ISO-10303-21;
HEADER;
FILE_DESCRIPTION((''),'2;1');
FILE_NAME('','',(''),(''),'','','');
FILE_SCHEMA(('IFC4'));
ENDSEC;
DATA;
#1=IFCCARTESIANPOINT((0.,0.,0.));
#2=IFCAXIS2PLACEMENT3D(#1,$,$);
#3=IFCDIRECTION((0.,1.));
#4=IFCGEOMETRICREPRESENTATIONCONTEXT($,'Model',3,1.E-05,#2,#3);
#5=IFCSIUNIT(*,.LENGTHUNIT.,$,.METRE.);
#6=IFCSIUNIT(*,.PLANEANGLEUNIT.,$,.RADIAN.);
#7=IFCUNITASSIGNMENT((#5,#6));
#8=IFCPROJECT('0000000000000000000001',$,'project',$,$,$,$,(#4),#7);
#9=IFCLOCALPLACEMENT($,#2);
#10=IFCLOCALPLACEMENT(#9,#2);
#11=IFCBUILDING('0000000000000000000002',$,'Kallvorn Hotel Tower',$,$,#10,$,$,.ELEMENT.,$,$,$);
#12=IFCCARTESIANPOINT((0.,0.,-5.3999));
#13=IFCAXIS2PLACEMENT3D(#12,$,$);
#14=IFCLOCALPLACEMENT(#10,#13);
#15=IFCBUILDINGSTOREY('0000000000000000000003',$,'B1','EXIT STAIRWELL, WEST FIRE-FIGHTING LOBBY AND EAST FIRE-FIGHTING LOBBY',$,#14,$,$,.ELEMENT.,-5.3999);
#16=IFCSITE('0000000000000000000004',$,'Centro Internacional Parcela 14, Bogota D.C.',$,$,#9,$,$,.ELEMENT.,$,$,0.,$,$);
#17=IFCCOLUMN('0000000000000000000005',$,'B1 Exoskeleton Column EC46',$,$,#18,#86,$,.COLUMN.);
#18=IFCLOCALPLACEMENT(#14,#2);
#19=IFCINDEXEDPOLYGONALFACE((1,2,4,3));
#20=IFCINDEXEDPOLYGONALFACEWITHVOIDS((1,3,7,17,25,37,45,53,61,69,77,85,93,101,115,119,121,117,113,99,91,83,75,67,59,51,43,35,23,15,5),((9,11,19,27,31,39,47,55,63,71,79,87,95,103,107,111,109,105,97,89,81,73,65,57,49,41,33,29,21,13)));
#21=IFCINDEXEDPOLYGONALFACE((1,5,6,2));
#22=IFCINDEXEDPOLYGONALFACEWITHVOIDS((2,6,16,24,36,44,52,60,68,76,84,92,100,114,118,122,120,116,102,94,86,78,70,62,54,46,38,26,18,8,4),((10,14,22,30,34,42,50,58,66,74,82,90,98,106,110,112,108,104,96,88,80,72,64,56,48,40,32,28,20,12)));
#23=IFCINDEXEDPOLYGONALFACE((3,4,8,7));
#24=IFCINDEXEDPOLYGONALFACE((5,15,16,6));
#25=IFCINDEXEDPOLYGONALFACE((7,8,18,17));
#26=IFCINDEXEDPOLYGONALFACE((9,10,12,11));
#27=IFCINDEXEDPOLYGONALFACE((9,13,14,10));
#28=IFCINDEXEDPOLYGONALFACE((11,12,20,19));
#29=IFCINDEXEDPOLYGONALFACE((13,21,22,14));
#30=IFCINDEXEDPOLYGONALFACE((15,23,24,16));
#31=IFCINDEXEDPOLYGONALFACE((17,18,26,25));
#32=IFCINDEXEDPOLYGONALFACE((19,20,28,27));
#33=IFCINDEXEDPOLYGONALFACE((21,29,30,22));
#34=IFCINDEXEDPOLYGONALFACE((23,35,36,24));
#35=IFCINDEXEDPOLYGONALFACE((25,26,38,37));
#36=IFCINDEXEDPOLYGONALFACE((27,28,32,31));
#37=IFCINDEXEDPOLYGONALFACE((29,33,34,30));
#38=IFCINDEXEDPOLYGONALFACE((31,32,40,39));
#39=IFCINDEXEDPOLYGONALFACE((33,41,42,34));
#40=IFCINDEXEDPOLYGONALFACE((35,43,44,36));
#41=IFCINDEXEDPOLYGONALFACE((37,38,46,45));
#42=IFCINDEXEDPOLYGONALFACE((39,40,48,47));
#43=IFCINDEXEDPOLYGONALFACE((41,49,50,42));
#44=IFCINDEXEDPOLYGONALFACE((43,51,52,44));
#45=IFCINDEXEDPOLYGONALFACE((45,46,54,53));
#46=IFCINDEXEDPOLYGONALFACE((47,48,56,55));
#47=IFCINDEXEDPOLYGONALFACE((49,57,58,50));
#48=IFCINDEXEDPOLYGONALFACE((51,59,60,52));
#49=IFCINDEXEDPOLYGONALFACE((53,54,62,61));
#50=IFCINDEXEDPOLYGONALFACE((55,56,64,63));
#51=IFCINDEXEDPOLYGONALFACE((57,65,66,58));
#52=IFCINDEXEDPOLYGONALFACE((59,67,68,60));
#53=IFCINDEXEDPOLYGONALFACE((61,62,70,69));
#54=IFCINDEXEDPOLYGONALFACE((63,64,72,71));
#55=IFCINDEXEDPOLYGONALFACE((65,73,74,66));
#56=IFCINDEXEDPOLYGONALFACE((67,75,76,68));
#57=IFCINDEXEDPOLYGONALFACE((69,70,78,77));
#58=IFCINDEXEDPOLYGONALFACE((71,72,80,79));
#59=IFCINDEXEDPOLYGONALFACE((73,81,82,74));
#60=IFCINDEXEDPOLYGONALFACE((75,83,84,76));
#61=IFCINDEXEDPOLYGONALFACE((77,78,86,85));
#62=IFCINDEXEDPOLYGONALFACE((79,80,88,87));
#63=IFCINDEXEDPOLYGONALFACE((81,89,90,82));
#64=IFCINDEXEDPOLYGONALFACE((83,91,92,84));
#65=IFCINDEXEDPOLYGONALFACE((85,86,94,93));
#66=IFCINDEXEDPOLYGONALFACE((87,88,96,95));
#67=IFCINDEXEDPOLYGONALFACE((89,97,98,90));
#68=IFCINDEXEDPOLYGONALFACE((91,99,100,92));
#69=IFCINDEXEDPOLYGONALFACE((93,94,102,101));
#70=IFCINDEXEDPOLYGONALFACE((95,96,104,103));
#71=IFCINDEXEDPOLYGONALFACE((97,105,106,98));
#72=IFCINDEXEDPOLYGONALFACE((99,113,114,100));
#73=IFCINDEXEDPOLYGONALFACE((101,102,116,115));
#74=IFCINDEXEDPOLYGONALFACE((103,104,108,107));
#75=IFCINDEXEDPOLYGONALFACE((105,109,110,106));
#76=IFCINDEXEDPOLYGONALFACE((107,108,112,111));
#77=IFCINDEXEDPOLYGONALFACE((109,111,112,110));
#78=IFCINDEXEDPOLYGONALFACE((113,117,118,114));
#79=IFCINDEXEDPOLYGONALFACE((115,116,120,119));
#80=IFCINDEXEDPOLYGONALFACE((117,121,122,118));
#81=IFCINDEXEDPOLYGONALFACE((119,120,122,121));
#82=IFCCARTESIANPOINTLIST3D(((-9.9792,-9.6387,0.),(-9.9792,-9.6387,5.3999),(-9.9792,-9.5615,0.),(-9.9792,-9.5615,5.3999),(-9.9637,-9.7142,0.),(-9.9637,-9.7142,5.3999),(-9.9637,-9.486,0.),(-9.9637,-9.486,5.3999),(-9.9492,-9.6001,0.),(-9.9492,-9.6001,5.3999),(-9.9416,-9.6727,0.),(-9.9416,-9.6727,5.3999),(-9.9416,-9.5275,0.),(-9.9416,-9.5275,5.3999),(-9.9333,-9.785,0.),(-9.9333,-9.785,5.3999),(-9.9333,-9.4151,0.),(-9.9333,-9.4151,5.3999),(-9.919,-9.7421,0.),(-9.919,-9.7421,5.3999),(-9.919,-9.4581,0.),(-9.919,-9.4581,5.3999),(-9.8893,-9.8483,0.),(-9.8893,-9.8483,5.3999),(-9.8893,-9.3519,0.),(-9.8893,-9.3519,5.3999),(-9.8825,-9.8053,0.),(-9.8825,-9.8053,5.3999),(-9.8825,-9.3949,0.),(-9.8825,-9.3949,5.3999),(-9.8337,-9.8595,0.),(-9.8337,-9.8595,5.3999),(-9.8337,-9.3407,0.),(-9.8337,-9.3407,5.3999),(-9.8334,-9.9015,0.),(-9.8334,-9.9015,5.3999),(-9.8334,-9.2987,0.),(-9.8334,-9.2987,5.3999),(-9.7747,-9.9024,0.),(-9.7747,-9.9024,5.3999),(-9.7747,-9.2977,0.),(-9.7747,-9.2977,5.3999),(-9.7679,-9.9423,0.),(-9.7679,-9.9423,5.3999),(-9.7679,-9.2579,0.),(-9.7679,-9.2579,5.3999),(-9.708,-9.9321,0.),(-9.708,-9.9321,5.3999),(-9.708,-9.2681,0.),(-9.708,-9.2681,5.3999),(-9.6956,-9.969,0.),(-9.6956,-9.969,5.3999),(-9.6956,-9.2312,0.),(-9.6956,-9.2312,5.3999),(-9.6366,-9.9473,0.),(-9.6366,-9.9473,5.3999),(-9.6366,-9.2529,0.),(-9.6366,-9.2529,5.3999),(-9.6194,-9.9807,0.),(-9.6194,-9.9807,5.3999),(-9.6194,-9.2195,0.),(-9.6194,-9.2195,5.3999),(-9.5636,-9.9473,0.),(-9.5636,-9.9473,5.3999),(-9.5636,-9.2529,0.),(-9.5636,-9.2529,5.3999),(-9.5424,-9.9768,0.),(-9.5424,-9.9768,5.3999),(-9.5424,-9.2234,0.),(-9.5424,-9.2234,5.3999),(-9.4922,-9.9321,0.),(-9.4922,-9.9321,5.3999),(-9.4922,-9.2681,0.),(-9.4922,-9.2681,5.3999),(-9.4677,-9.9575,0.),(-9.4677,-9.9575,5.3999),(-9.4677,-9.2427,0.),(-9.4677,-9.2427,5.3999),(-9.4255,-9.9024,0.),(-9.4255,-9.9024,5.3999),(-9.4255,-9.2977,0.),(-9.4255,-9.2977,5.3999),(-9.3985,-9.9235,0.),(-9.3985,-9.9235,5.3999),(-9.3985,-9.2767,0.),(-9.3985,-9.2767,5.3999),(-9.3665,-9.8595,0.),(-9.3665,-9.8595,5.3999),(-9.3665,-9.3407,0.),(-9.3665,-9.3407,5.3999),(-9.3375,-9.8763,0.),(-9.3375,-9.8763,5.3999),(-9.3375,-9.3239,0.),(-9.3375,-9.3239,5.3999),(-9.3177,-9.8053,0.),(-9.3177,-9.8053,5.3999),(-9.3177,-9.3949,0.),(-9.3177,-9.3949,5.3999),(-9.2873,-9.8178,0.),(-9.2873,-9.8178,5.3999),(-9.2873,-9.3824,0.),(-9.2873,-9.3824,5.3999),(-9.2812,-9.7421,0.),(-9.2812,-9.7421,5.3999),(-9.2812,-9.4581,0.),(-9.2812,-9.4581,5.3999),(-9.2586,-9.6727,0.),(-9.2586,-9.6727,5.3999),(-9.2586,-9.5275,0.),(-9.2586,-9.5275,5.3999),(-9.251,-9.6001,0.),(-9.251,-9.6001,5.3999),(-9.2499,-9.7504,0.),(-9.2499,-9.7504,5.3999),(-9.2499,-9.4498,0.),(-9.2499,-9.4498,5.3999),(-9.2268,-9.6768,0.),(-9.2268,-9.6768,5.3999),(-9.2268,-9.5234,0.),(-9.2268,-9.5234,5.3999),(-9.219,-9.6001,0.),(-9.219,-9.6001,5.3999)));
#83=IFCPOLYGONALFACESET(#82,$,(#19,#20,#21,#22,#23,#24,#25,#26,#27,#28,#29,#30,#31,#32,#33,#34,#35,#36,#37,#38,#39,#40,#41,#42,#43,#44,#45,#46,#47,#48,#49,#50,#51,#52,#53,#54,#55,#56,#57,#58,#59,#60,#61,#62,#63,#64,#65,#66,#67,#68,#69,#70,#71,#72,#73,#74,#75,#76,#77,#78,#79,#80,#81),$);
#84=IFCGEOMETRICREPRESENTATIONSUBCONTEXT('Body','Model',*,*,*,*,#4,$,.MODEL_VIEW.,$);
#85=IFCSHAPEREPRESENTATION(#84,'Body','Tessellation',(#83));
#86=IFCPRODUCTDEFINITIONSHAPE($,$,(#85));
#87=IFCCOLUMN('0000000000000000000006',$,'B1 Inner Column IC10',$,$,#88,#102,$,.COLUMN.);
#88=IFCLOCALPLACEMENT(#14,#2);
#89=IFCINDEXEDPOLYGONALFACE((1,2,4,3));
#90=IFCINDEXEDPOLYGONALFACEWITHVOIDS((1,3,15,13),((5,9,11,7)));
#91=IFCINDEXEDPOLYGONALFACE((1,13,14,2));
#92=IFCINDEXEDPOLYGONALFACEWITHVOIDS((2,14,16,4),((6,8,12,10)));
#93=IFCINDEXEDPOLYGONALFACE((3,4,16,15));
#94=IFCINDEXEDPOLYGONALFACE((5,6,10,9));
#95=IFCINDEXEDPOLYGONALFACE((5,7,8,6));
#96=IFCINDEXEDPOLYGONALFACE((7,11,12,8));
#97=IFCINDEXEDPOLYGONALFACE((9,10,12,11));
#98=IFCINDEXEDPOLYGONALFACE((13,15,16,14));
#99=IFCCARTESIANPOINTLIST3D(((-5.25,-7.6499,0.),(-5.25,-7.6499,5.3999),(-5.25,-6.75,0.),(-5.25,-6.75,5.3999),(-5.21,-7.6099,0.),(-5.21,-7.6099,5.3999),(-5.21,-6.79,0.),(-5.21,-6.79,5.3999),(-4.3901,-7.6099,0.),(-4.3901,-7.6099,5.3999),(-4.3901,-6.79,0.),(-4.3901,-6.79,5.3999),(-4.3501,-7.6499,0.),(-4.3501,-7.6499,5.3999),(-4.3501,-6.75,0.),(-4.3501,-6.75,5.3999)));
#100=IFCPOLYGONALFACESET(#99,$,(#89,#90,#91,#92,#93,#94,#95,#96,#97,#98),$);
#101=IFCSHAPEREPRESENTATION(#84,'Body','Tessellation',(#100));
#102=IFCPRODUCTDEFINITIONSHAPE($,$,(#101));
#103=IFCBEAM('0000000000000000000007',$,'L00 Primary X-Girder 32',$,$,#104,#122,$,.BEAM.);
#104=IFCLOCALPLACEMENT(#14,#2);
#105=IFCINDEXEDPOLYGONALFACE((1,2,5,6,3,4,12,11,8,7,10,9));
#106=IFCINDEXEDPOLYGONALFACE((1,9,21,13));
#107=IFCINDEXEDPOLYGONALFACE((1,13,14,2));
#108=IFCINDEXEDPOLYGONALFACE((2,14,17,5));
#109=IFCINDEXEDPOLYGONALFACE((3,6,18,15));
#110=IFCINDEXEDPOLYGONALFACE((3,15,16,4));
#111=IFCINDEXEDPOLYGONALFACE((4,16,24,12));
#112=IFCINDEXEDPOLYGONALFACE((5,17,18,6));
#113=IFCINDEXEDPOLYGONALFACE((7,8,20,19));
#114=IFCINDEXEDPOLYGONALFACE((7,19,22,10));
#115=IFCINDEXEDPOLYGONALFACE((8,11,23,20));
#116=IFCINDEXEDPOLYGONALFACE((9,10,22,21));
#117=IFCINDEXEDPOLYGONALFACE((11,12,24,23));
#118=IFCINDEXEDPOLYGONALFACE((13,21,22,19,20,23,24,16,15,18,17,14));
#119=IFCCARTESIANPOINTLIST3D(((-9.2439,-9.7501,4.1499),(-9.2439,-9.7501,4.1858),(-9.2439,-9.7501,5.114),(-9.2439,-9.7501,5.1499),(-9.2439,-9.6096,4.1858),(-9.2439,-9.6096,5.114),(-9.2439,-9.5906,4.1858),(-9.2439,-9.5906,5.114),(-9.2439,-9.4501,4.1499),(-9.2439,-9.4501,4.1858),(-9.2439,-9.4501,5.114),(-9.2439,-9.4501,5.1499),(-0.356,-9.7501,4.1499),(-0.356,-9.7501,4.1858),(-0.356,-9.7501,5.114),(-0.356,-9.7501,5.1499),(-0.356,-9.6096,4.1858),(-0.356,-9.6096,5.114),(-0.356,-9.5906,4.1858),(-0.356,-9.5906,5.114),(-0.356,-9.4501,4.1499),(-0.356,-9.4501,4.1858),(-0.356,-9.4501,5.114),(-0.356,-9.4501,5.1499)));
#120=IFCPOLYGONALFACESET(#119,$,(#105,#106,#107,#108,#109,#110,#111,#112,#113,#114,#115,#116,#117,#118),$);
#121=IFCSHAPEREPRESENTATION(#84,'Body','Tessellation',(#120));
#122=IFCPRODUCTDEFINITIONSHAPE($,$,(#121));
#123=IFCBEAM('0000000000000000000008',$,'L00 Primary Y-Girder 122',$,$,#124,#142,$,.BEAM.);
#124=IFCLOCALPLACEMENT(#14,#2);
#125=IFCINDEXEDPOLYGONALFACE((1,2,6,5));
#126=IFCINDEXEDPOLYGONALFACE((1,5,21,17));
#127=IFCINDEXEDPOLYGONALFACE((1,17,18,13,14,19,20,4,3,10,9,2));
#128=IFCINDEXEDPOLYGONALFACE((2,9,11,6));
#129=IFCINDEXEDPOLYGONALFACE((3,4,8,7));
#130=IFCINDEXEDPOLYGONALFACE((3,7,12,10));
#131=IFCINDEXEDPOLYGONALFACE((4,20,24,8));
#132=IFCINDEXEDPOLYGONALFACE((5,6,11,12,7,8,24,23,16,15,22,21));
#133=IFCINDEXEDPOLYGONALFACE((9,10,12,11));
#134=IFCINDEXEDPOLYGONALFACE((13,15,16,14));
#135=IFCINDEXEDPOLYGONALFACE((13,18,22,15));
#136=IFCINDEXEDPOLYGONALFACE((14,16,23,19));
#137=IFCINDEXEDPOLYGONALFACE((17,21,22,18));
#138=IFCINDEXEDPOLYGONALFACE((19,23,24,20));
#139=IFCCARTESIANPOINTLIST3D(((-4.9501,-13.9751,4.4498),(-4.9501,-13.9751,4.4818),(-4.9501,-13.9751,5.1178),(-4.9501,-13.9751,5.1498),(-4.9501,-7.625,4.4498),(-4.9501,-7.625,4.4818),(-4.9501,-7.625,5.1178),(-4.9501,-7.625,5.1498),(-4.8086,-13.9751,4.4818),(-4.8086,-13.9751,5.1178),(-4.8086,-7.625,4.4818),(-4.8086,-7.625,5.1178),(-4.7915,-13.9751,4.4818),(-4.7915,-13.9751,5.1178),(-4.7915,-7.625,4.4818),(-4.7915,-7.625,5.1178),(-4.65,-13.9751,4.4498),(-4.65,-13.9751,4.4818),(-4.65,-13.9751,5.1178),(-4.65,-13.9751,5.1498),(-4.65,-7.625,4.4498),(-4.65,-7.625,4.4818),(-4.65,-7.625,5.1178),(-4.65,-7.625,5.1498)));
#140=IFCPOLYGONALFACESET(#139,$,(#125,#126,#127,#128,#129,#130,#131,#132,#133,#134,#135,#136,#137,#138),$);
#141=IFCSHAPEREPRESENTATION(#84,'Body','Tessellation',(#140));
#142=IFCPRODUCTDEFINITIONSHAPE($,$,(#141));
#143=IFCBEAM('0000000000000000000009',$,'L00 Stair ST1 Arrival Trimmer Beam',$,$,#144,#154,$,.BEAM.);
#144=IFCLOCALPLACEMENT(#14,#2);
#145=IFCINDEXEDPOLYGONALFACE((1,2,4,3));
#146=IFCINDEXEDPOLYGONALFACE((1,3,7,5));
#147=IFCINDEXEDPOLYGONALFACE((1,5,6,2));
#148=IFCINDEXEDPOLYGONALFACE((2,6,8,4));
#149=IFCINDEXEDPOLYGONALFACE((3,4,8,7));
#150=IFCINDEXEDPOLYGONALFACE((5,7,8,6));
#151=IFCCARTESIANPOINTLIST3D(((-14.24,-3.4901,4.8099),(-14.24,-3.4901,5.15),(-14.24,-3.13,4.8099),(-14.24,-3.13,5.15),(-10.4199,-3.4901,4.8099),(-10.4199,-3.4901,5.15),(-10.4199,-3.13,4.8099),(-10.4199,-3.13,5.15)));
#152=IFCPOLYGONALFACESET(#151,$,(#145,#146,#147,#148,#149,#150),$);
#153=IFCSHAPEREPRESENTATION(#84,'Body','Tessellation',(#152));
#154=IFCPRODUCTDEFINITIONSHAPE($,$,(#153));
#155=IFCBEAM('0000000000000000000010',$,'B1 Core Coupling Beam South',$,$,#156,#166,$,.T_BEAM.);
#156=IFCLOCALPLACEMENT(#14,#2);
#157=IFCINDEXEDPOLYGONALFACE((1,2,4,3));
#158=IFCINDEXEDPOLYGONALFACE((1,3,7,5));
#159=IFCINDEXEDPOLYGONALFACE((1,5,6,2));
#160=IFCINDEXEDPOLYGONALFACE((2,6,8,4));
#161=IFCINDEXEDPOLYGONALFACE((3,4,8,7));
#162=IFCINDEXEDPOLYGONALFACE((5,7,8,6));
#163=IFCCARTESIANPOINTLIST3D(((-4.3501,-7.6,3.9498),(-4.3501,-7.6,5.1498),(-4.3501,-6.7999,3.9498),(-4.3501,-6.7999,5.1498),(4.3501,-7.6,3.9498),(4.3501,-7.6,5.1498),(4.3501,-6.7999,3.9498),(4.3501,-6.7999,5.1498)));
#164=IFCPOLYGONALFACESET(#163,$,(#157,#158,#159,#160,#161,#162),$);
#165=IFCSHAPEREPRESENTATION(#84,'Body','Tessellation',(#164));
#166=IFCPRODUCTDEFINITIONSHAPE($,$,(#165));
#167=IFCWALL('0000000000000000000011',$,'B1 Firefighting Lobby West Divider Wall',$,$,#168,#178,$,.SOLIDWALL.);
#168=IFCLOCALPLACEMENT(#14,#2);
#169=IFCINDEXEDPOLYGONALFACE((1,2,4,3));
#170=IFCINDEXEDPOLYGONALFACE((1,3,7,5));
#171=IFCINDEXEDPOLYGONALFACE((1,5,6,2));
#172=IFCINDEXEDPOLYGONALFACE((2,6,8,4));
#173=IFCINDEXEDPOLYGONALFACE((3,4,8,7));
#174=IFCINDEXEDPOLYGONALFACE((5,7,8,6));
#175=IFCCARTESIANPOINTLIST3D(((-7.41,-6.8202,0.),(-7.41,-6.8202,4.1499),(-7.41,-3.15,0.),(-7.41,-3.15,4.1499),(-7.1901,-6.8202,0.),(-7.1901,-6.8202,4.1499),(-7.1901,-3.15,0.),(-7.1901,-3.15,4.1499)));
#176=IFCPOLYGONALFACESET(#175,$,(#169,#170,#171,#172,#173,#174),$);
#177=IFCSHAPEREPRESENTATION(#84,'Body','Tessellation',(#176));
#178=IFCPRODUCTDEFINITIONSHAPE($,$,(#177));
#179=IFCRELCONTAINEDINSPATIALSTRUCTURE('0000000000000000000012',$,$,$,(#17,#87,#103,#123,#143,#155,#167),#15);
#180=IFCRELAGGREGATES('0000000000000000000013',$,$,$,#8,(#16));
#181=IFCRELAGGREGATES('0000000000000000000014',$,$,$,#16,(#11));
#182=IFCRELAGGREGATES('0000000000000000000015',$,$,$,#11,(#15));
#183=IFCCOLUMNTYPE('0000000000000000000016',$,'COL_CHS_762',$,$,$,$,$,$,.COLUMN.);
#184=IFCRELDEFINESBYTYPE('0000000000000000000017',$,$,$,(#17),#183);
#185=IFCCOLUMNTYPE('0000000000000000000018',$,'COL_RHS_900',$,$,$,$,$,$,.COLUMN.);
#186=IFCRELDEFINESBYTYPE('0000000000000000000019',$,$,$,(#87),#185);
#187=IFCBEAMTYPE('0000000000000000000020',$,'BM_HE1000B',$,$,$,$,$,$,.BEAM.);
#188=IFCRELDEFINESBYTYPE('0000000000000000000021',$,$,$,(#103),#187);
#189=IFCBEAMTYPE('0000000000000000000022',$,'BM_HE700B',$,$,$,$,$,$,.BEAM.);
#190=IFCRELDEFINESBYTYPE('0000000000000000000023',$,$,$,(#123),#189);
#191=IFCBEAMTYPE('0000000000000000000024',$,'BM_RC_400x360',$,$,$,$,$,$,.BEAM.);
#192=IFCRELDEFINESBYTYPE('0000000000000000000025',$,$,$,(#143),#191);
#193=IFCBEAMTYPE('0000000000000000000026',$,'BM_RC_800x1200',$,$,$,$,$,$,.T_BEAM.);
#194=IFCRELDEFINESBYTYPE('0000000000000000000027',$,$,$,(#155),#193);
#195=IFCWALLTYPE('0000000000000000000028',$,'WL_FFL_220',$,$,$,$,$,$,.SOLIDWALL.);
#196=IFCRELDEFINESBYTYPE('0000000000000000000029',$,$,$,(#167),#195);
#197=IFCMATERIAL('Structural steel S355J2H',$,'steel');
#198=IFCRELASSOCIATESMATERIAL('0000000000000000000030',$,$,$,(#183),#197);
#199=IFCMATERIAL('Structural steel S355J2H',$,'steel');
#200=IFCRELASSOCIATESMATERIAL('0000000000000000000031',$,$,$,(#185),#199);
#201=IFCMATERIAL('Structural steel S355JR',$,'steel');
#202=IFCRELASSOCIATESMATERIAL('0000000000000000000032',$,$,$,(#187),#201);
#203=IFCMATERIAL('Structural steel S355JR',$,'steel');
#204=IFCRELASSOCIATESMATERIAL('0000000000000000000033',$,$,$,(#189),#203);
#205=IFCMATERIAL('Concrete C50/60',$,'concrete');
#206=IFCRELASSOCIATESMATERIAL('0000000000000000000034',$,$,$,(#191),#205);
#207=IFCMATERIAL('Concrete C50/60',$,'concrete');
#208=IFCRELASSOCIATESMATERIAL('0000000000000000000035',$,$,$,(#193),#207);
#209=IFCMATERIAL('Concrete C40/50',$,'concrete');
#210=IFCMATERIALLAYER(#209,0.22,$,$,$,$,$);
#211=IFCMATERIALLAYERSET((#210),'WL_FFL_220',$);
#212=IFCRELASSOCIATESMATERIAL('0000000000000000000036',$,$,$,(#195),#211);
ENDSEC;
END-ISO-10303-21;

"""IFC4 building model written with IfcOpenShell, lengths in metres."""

from ifc_helpers import new_model, si_unit, direction, frame, frame_2d, origin, origin_2d, place, context, subcontext, project, spatial, rectangle, hollow_rectangle, hollow_circle, i_section, extrude, material, layer, layer_set, material_profile, profile_set, type_object, element, save


model = new_model("IFC4")

# Units and contexts
model_context = context("Model", 3, precision=1e-05, world=origin(), true_north=direction((0.0, 1.0)))
body_context = subcontext(model_context, "Body", "Model", "MODEL_VIEW")
ifc_project = project(units=[si_unit("LENGTHUNIT", "METRE"), si_unit("PLANEANGLEUNIT", "RADIAN")], contexts=[model_context])

# Site, building, storey
site_placement = place(None, origin())
site = spatial("IfcSite", under=ifc_project, at=site_placement, Name="Centro Internacional Parcela 14, Bogota D.C.", CompositionType="ELEMENT", RefElevation=0.0)
building_placement = place(site_placement, origin())
building = spatial("IfcBuilding", under=site, at=building_placement, Name="Kallvorn Hotel Tower", CompositionType="ELEMENT")
storey_placement = place(building_placement, frame((0.0, 0.0, -5.3999)))
storey = spatial("IfcBuildingStorey", under=building, at=storey_placement, Name="B1", Description="EXIT STAIRWELL, WEST FIRE-FIGHTING LOBBY AND EAST FIRE-FIGHTING LOBBY", CompositionType="ELEMENT", Elevation=-5.3999)

# Columns
ifc_material_1 = material(Name="Structural steel S355J2H", Category="steel")
ifc_material_profile_1 = material_profile(ifc_material_1, hollow_circle(Radius=0.3811, WallThickness=0.032, at=origin_2d()), Name="CHS 762x32")
ifc_profile_set_1 = profile_set([ifc_material_profile_1], Name="Structural steel S355J2H")
column_type_1 = type_object("IfcColumnType", Name="COL_CHS_762", PredefinedType="COLUMN", material=ifc_profile_set_1)
column_1_placement = place(storey_placement, frame((-9.6001, -9.6001, 0.0), z_axis=(0.0, 0.0, 1.0), x_axis=(1.0, 0.0, 0.0)))
element("IfcColumn", 1, at=column_1_placement, inside=storey, type_object=column_type_1, Name="B1 Exoskeleton Column EC46", PredefinedType="COLUMN", context=body_context, shape_type="SweptSolid", body=[
    extrude(hollow_circle(Radius=0.3811, WallThickness=0.032, at=origin_2d()), origin(), (0.0, 0.0, 1.0), 5.3999),
])
ifc_material_2 = material(Name="Structural steel S355J2H", Category="steel")
ifc_material_profile_2 = material_profile(ifc_material_2, hollow_rectangle(XDim=0.8999, YDim=0.8999, WallThickness=0.04, at=origin_2d()), Name="RHS 900x900x40")
ifc_profile_set_2 = profile_set([ifc_material_profile_2], Name="Structural steel S355J2H")
column_type_2 = type_object("IfcColumnType", Name="COL_RHS_900", PredefinedType="COLUMN", material=ifc_profile_set_2)
column_2_placement = place(storey_placement, frame((-4.8, -7.2, 0.0), z_axis=(0.0, 0.0, 1.0), x_axis=(1.0, 0.0, 0.0)))
element("IfcColumn", 2, at=column_2_placement, inside=storey, type_object=column_type_2, Name="B1 Inner Column IC10", PredefinedType="COLUMN", context=body_context, shape_type="SweptSolid", body=[
    extrude(hollow_rectangle(XDim=0.8999, YDim=0.8999, WallThickness=0.04, at=origin_2d()), origin(), (0.0, 0.0, 1.0), 5.3999),
])

# Beams
ifc_material_3 = material(Name="Structural steel S355JR", Category="steel")
ifc_material_profile_3 = material_profile(ifc_material_3, i_section(OverallWidth=0.3, OverallDepth=1.0, WebThickness=0.019, FlangeThickness=0.0359, at=origin_2d()), Name="HE 1000 B")
ifc_profile_set_3 = profile_set([ifc_material_profile_3], Name="Structural steel S355JR")
beam_type_1 = type_object("IfcBeamType", Name="BM_HE1000B", PredefinedType="BEAM", material=ifc_profile_set_3)
beam_1_placement = place(storey_placement, frame((-9.2439, -9.6001, 4.6499), z_axis=(1.0, 0.0, 0.0), x_axis=(0.0, 1.0, 0.0)))
element("IfcBeam", 3, at=beam_1_placement, inside=storey, type_object=beam_type_1, Name="L00 Primary X-Girder 32", PredefinedType="BEAM", context=body_context, shape_type="SweptSolid", body=[
    extrude(i_section(OverallWidth=0.3, OverallDepth=1.0, WebThickness=0.019, FlangeThickness=0.0359, at=origin_2d()), origin(), (0.0, 0.0, 1.0), 8.8879),
])
ifc_material_4 = material(Name="Structural steel S355JR", Category="steel")
ifc_material_profile_4 = material_profile(ifc_material_4, i_section(OverallWidth=0.3, OverallDepth=0.7, WebThickness=0.0171, FlangeThickness=0.032, at=origin_2d()), Name="HE 700 B")
ifc_profile_set_4 = profile_set([ifc_material_profile_4], Name="Structural steel S355JR")
beam_type_2 = type_object("IfcBeamType", Name="BM_HE700B", PredefinedType="BEAM", material=ifc_profile_set_4)
beam_2_placement = place(storey_placement, frame((-4.8, -13.9751, 4.7998), z_axis=(0.0, 1.0, 0.0), x_axis=(-1.0, 0.0, 0.0)))
element("IfcBeam", 4, at=beam_2_placement, inside=storey, type_object=beam_type_2, Name="L00 Primary Y-Girder 122", PredefinedType="BEAM", context=body_context, shape_type="SweptSolid", body=[
    extrude(i_section(OverallWidth=0.3, OverallDepth=0.7, WebThickness=0.0171, FlangeThickness=0.032, at=origin_2d()), origin(), (0.0, 0.0, 1.0), 6.3501),
])
ifc_material_5 = material(Name="Concrete C50/60", Category="concrete")
ifc_material_profile_5 = material_profile(ifc_material_5, rectangle(XDim=0.3601, YDim=0.3401, at=origin_2d()), Name="RC 360x340")
ifc_profile_set_5 = profile_set([ifc_material_profile_5], Name="Concrete C50/60")
beam_type_3 = type_object("IfcBeamType", Name="BM_RC_400x360", PredefinedType="BEAM", material=ifc_profile_set_5)
beam_3_placement = place(storey_placement, frame((-10.4199, -3.3101, 4.98), z_axis=(-1.0, 0.0, 0.0), x_axis=(0.0, -1.0, 0.0)))
element("IfcBeam", 5, at=beam_3_placement, inside=storey, type_object=beam_type_3, Name="L00 Stair ST1 Arrival Trimmer Beam", PredefinedType="BEAM", context=body_context, shape_type="SweptSolid", body=[
    extrude(rectangle(XDim=0.3601, YDim=0.3401, at=origin_2d()), origin(), (0.0, 0.0, 1.0), 3.8201),
])
ifc_material_6 = material(Name="Concrete C50/60", Category="concrete")
ifc_material_profile_6 = material_profile(ifc_material_6, rectangle(XDim=0.8, YDim=1.2, at=origin_2d()), Name="RC 800x1200")
ifc_profile_set_6 = profile_set([ifc_material_profile_6], Name="Concrete C50/60")
beam_type_4 = type_object("IfcBeamType", Name="BM_RC_800x1200", PredefinedType="T_BEAM", material=ifc_profile_set_6)
beam_4_placement = place(storey_placement, frame((-4.3501, -7.2, 4.5498), z_axis=(1.0, 0.0, 0.0), x_axis=(0.0, 1.0, 0.0)))
element("IfcBeam", 6, at=beam_4_placement, inside=storey, type_object=beam_type_4, Name="B1 Core Coupling Beam South", PredefinedType="T_BEAM", context=body_context, shape_type="SweptSolid", body=[
    extrude(rectangle(XDim=0.8, YDim=1.2, at=origin_2d()), origin(), (0.0, 0.0, 1.0), 8.7002),
])

# Wall
ifc_material_7 = material(Name="Concrete C40/50", Category="concrete")
ifc_layer_1 = layer(ifc_material_7, 0.22)
ifc_layer_set_1 = layer_set([ifc_layer_1], Name="WL_FFL_220")
wall_type_1 = type_object("IfcWallType", Name="WL_FFL_220", PredefinedType="SOLIDWALL", material=ifc_layer_set_1)
wall_1_placement = place(storey_placement, frame((-7.3, -6.8201, 0.0), z_axis=(0.0, 0.0, 1.0), x_axis=(0.0, 1.0, 0.0)))
element("IfcWall", 7, at=wall_1_placement, inside=storey, type_object=wall_type_1, Name="B1 Firefighting Lobby West Divider Wall", PredefinedType="SOLIDWALL", context=body_context, shape_type="SweptSolid", body=[
    extrude(rectangle(XDim=3.6702, YDim=0.22, at=frame_2d((1.835, 0.0))), origin(), (0.0, 0.0, 1.0), 4.1499),
])

save(model, "model.ifc")
